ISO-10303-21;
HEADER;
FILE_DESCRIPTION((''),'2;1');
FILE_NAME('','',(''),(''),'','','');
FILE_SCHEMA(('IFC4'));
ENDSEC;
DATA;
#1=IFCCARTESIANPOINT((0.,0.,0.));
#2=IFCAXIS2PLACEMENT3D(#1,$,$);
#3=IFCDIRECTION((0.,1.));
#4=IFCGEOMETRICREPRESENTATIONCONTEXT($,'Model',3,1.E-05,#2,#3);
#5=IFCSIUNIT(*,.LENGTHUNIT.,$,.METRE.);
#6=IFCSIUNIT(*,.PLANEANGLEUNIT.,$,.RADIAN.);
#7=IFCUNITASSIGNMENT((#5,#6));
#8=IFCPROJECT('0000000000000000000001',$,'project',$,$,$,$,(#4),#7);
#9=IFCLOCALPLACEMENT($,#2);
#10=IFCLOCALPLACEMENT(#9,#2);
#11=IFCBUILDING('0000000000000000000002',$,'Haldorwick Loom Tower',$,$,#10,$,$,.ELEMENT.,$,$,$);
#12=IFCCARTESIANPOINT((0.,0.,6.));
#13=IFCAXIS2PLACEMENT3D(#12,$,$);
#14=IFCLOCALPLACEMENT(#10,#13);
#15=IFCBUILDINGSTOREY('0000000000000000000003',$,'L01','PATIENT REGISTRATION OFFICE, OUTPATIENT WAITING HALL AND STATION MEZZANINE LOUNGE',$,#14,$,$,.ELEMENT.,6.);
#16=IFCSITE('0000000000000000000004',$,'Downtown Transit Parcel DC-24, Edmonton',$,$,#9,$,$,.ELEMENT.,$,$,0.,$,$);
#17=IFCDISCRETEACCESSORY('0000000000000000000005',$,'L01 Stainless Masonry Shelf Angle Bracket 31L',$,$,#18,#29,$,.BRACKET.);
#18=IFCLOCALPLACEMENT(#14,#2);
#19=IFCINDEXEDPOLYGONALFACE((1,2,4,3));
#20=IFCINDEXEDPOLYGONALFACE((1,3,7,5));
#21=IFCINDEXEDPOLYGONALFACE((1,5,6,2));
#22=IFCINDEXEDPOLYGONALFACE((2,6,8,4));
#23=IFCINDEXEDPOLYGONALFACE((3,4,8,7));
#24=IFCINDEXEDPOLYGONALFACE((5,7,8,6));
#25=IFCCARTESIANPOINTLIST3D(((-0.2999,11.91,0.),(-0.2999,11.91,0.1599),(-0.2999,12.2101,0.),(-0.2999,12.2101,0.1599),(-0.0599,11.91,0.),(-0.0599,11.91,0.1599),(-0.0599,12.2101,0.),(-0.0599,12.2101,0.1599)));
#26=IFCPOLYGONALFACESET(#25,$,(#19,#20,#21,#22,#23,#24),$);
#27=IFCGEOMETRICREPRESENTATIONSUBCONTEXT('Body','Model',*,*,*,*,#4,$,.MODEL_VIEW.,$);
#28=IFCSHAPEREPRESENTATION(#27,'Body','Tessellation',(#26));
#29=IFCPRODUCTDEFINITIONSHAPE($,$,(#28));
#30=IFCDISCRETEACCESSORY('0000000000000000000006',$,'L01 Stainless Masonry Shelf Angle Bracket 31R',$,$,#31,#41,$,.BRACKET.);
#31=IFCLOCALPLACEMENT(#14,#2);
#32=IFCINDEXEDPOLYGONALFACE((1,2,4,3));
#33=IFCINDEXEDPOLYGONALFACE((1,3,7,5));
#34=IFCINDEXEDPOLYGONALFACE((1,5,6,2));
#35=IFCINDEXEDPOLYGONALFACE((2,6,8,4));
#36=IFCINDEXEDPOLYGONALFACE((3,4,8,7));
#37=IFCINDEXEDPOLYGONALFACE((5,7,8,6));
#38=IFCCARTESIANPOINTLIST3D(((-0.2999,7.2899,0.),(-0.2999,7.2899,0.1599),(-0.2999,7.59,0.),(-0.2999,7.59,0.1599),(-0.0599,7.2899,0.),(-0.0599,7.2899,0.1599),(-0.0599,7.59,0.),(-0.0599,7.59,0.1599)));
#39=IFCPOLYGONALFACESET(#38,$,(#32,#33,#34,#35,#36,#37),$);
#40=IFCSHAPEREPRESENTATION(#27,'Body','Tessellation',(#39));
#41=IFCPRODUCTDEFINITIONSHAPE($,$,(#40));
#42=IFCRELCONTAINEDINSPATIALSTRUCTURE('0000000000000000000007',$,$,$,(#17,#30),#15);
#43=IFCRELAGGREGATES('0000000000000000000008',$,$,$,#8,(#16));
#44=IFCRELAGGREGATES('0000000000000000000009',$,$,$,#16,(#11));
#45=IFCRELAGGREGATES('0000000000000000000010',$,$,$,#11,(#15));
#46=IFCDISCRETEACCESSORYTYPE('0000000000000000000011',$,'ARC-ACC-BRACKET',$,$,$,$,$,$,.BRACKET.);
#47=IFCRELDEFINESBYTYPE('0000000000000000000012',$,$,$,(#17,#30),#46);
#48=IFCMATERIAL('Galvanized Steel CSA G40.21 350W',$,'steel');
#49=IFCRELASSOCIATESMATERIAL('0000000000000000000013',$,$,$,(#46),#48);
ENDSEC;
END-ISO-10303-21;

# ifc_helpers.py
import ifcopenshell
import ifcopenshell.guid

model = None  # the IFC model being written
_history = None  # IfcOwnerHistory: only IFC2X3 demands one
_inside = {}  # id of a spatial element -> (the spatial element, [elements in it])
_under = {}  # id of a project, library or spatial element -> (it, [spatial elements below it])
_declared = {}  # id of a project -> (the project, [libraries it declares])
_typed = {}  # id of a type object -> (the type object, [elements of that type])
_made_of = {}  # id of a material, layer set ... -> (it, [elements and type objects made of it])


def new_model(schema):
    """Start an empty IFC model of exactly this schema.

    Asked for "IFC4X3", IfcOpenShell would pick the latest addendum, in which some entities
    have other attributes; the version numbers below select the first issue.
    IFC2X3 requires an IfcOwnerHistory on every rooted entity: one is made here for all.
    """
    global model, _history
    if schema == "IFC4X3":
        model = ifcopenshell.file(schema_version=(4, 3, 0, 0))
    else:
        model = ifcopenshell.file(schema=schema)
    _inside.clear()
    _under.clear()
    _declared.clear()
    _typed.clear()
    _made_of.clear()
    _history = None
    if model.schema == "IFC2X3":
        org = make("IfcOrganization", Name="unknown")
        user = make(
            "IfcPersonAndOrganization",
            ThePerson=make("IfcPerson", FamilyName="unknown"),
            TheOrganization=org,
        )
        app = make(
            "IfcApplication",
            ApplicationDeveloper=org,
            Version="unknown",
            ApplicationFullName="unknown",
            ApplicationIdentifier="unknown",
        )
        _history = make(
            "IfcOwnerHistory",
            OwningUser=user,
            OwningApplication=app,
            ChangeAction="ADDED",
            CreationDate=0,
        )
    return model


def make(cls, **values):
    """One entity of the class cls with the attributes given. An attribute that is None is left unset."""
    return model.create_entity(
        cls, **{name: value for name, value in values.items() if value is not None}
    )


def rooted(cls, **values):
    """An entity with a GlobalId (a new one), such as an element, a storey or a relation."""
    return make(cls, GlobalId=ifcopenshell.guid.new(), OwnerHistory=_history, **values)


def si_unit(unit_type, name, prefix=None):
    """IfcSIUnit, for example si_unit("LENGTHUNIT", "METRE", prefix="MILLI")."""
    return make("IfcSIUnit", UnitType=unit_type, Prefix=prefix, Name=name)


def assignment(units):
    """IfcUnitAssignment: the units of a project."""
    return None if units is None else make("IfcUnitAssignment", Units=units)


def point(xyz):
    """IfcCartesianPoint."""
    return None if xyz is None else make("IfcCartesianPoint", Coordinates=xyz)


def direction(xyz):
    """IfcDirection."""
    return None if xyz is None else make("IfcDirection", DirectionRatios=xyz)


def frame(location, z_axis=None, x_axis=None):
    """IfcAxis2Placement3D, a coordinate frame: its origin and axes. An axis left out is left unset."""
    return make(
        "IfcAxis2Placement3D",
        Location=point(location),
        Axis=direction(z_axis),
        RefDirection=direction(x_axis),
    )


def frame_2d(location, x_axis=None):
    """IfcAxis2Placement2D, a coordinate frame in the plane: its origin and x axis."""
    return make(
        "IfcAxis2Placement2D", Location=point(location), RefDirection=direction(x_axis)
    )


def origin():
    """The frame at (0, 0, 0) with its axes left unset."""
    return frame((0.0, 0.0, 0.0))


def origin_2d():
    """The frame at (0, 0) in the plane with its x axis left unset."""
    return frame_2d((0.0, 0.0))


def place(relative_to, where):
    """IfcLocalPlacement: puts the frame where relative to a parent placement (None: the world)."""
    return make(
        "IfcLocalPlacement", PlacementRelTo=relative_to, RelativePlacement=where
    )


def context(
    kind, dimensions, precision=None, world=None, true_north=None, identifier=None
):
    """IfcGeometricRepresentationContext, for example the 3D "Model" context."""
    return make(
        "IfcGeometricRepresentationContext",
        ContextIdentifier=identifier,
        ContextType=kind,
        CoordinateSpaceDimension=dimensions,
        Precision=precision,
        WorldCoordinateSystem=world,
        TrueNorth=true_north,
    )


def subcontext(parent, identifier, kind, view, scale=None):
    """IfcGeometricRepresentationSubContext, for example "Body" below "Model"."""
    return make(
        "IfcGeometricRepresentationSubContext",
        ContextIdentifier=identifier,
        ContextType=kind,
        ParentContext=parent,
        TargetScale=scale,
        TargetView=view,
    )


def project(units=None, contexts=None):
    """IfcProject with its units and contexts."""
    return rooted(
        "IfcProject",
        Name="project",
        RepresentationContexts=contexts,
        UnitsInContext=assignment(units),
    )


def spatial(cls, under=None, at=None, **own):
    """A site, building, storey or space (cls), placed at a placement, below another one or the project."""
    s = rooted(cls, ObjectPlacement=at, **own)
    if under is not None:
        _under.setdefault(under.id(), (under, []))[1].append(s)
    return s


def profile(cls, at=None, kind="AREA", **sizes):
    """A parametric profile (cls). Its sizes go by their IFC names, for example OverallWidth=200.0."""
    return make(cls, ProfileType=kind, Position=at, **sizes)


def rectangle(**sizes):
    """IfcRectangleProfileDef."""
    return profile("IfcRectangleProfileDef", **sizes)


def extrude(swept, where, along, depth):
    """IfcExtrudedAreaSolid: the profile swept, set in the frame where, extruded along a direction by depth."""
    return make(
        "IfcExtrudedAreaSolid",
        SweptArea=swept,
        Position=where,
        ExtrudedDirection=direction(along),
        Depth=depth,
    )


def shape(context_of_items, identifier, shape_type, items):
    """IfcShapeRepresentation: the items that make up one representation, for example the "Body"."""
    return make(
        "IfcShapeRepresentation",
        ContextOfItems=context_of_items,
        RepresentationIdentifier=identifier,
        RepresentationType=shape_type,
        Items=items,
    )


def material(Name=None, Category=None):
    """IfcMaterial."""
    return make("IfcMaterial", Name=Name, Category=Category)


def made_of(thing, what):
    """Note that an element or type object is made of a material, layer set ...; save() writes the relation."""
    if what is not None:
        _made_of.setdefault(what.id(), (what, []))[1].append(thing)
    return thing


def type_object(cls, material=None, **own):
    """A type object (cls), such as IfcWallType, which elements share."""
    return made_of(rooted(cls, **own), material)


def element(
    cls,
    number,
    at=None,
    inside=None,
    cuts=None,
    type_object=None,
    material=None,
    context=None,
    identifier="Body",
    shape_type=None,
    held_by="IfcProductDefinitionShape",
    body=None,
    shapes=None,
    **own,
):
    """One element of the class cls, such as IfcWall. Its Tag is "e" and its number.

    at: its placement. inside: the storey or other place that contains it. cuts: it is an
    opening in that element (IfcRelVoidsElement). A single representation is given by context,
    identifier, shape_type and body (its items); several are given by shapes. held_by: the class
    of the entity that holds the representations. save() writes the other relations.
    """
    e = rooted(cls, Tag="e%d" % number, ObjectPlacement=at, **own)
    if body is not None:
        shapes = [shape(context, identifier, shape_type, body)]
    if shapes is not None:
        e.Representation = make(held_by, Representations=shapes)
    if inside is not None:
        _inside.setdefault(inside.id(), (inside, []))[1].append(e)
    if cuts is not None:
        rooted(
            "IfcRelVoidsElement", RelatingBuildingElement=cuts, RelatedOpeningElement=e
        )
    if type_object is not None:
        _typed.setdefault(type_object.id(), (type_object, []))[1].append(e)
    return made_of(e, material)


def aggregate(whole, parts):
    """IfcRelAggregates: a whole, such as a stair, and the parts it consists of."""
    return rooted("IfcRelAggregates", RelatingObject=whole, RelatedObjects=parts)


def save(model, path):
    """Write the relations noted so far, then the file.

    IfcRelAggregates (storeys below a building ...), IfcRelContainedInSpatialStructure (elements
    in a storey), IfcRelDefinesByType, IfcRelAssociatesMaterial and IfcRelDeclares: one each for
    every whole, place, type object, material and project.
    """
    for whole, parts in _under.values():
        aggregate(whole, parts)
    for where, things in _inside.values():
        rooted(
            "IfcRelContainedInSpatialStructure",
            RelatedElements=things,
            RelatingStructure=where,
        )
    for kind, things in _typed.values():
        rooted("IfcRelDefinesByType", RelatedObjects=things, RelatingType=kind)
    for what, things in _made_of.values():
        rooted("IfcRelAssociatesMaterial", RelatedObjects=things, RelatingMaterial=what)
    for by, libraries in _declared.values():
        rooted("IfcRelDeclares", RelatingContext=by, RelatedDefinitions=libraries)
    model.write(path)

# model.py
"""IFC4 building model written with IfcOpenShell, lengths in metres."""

from ifc_helpers import new_model, si_unit, direction, frame, origin, origin_2d, place, context, subcontext, project, spatial, rectangle, extrude, material, type_object, element, save


model = new_model("IFC4")

# Units and contexts
model_context = context("Model", 3, precision=1e-05, world=origin(), true_north=direction((0.0, 1.0)))
body_context = subcontext(model_context, "Body", "Model", "MODEL_VIEW")
ifc_project = project(units=[si_unit("LENGTHUNIT", "METRE"), si_unit("PLANEANGLEUNIT", "RADIAN")], contexts=[model_context])

# Site, building, storey
site_placement = place(None, origin())
site = spatial("IfcSite", under=ifc_project, at=site_placement, Name="Downtown Transit Parcel DC-24, Edmonton", CompositionType="ELEMENT", RefElevation=0.0)
building_placement = place(site_placement, origin())
building = spatial("IfcBuilding", under=site, at=building_placement, Name="Haldorwick Loom Tower", CompositionType="ELEMENT")
storey_placement = place(building_placement, frame((0.0, 0.0, 6.0)))
storey = spatial("IfcBuildingStorey", under=building, at=storey_placement, Name="L01", Description="PATIENT REGISTRATION OFFICE, OUTPATIENT WAITING HALL AND STATION MEZZANINE LOUNGE", CompositionType="ELEMENT", Elevation=6.0)

# Discrete accessories
ifc_material_1 = material(Name="Galvanized Steel CSA G40.21 350W", Category="steel")
discrete_accessory_type = type_object("IfcDiscreteAccessoryType", Name="ARC-ACC-BRACKET", PredefinedType="BRACKET", material=ifc_material_1)
for number, where, z_axis, x_axis, name in (
    (1, (-0.1799, 12.0601, 0.0), (0.0, 0.0, 1.0), (0.0, -1.0, 0.0), "L01 Stainless Masonry Shelf Angle Bracket 31L"),
    (2, (-0.1799, 7.4399, 0.0), (0.0, 0.0, 1.0), (0.0, -1.0, 0.0), "L01 Stainless Masonry Shelf Angle Bracket 31R"),
):
    element("IfcDiscreteAccessory", number, at=place(storey_placement, frame(where, z_axis=z_axis, x_axis=x_axis)), inside=storey, type_object=discrete_accessory_type, Name=name, PredefinedType="BRACKET", context=body_context, shape_type="SweptSolid", body=[
        extrude(rectangle(XDim=0.3, YDim=0.24, at=origin_2d()), origin(), (0.0, 0.0, 1.0), 0.1599),
    ])

save(model, "model.ifc")
